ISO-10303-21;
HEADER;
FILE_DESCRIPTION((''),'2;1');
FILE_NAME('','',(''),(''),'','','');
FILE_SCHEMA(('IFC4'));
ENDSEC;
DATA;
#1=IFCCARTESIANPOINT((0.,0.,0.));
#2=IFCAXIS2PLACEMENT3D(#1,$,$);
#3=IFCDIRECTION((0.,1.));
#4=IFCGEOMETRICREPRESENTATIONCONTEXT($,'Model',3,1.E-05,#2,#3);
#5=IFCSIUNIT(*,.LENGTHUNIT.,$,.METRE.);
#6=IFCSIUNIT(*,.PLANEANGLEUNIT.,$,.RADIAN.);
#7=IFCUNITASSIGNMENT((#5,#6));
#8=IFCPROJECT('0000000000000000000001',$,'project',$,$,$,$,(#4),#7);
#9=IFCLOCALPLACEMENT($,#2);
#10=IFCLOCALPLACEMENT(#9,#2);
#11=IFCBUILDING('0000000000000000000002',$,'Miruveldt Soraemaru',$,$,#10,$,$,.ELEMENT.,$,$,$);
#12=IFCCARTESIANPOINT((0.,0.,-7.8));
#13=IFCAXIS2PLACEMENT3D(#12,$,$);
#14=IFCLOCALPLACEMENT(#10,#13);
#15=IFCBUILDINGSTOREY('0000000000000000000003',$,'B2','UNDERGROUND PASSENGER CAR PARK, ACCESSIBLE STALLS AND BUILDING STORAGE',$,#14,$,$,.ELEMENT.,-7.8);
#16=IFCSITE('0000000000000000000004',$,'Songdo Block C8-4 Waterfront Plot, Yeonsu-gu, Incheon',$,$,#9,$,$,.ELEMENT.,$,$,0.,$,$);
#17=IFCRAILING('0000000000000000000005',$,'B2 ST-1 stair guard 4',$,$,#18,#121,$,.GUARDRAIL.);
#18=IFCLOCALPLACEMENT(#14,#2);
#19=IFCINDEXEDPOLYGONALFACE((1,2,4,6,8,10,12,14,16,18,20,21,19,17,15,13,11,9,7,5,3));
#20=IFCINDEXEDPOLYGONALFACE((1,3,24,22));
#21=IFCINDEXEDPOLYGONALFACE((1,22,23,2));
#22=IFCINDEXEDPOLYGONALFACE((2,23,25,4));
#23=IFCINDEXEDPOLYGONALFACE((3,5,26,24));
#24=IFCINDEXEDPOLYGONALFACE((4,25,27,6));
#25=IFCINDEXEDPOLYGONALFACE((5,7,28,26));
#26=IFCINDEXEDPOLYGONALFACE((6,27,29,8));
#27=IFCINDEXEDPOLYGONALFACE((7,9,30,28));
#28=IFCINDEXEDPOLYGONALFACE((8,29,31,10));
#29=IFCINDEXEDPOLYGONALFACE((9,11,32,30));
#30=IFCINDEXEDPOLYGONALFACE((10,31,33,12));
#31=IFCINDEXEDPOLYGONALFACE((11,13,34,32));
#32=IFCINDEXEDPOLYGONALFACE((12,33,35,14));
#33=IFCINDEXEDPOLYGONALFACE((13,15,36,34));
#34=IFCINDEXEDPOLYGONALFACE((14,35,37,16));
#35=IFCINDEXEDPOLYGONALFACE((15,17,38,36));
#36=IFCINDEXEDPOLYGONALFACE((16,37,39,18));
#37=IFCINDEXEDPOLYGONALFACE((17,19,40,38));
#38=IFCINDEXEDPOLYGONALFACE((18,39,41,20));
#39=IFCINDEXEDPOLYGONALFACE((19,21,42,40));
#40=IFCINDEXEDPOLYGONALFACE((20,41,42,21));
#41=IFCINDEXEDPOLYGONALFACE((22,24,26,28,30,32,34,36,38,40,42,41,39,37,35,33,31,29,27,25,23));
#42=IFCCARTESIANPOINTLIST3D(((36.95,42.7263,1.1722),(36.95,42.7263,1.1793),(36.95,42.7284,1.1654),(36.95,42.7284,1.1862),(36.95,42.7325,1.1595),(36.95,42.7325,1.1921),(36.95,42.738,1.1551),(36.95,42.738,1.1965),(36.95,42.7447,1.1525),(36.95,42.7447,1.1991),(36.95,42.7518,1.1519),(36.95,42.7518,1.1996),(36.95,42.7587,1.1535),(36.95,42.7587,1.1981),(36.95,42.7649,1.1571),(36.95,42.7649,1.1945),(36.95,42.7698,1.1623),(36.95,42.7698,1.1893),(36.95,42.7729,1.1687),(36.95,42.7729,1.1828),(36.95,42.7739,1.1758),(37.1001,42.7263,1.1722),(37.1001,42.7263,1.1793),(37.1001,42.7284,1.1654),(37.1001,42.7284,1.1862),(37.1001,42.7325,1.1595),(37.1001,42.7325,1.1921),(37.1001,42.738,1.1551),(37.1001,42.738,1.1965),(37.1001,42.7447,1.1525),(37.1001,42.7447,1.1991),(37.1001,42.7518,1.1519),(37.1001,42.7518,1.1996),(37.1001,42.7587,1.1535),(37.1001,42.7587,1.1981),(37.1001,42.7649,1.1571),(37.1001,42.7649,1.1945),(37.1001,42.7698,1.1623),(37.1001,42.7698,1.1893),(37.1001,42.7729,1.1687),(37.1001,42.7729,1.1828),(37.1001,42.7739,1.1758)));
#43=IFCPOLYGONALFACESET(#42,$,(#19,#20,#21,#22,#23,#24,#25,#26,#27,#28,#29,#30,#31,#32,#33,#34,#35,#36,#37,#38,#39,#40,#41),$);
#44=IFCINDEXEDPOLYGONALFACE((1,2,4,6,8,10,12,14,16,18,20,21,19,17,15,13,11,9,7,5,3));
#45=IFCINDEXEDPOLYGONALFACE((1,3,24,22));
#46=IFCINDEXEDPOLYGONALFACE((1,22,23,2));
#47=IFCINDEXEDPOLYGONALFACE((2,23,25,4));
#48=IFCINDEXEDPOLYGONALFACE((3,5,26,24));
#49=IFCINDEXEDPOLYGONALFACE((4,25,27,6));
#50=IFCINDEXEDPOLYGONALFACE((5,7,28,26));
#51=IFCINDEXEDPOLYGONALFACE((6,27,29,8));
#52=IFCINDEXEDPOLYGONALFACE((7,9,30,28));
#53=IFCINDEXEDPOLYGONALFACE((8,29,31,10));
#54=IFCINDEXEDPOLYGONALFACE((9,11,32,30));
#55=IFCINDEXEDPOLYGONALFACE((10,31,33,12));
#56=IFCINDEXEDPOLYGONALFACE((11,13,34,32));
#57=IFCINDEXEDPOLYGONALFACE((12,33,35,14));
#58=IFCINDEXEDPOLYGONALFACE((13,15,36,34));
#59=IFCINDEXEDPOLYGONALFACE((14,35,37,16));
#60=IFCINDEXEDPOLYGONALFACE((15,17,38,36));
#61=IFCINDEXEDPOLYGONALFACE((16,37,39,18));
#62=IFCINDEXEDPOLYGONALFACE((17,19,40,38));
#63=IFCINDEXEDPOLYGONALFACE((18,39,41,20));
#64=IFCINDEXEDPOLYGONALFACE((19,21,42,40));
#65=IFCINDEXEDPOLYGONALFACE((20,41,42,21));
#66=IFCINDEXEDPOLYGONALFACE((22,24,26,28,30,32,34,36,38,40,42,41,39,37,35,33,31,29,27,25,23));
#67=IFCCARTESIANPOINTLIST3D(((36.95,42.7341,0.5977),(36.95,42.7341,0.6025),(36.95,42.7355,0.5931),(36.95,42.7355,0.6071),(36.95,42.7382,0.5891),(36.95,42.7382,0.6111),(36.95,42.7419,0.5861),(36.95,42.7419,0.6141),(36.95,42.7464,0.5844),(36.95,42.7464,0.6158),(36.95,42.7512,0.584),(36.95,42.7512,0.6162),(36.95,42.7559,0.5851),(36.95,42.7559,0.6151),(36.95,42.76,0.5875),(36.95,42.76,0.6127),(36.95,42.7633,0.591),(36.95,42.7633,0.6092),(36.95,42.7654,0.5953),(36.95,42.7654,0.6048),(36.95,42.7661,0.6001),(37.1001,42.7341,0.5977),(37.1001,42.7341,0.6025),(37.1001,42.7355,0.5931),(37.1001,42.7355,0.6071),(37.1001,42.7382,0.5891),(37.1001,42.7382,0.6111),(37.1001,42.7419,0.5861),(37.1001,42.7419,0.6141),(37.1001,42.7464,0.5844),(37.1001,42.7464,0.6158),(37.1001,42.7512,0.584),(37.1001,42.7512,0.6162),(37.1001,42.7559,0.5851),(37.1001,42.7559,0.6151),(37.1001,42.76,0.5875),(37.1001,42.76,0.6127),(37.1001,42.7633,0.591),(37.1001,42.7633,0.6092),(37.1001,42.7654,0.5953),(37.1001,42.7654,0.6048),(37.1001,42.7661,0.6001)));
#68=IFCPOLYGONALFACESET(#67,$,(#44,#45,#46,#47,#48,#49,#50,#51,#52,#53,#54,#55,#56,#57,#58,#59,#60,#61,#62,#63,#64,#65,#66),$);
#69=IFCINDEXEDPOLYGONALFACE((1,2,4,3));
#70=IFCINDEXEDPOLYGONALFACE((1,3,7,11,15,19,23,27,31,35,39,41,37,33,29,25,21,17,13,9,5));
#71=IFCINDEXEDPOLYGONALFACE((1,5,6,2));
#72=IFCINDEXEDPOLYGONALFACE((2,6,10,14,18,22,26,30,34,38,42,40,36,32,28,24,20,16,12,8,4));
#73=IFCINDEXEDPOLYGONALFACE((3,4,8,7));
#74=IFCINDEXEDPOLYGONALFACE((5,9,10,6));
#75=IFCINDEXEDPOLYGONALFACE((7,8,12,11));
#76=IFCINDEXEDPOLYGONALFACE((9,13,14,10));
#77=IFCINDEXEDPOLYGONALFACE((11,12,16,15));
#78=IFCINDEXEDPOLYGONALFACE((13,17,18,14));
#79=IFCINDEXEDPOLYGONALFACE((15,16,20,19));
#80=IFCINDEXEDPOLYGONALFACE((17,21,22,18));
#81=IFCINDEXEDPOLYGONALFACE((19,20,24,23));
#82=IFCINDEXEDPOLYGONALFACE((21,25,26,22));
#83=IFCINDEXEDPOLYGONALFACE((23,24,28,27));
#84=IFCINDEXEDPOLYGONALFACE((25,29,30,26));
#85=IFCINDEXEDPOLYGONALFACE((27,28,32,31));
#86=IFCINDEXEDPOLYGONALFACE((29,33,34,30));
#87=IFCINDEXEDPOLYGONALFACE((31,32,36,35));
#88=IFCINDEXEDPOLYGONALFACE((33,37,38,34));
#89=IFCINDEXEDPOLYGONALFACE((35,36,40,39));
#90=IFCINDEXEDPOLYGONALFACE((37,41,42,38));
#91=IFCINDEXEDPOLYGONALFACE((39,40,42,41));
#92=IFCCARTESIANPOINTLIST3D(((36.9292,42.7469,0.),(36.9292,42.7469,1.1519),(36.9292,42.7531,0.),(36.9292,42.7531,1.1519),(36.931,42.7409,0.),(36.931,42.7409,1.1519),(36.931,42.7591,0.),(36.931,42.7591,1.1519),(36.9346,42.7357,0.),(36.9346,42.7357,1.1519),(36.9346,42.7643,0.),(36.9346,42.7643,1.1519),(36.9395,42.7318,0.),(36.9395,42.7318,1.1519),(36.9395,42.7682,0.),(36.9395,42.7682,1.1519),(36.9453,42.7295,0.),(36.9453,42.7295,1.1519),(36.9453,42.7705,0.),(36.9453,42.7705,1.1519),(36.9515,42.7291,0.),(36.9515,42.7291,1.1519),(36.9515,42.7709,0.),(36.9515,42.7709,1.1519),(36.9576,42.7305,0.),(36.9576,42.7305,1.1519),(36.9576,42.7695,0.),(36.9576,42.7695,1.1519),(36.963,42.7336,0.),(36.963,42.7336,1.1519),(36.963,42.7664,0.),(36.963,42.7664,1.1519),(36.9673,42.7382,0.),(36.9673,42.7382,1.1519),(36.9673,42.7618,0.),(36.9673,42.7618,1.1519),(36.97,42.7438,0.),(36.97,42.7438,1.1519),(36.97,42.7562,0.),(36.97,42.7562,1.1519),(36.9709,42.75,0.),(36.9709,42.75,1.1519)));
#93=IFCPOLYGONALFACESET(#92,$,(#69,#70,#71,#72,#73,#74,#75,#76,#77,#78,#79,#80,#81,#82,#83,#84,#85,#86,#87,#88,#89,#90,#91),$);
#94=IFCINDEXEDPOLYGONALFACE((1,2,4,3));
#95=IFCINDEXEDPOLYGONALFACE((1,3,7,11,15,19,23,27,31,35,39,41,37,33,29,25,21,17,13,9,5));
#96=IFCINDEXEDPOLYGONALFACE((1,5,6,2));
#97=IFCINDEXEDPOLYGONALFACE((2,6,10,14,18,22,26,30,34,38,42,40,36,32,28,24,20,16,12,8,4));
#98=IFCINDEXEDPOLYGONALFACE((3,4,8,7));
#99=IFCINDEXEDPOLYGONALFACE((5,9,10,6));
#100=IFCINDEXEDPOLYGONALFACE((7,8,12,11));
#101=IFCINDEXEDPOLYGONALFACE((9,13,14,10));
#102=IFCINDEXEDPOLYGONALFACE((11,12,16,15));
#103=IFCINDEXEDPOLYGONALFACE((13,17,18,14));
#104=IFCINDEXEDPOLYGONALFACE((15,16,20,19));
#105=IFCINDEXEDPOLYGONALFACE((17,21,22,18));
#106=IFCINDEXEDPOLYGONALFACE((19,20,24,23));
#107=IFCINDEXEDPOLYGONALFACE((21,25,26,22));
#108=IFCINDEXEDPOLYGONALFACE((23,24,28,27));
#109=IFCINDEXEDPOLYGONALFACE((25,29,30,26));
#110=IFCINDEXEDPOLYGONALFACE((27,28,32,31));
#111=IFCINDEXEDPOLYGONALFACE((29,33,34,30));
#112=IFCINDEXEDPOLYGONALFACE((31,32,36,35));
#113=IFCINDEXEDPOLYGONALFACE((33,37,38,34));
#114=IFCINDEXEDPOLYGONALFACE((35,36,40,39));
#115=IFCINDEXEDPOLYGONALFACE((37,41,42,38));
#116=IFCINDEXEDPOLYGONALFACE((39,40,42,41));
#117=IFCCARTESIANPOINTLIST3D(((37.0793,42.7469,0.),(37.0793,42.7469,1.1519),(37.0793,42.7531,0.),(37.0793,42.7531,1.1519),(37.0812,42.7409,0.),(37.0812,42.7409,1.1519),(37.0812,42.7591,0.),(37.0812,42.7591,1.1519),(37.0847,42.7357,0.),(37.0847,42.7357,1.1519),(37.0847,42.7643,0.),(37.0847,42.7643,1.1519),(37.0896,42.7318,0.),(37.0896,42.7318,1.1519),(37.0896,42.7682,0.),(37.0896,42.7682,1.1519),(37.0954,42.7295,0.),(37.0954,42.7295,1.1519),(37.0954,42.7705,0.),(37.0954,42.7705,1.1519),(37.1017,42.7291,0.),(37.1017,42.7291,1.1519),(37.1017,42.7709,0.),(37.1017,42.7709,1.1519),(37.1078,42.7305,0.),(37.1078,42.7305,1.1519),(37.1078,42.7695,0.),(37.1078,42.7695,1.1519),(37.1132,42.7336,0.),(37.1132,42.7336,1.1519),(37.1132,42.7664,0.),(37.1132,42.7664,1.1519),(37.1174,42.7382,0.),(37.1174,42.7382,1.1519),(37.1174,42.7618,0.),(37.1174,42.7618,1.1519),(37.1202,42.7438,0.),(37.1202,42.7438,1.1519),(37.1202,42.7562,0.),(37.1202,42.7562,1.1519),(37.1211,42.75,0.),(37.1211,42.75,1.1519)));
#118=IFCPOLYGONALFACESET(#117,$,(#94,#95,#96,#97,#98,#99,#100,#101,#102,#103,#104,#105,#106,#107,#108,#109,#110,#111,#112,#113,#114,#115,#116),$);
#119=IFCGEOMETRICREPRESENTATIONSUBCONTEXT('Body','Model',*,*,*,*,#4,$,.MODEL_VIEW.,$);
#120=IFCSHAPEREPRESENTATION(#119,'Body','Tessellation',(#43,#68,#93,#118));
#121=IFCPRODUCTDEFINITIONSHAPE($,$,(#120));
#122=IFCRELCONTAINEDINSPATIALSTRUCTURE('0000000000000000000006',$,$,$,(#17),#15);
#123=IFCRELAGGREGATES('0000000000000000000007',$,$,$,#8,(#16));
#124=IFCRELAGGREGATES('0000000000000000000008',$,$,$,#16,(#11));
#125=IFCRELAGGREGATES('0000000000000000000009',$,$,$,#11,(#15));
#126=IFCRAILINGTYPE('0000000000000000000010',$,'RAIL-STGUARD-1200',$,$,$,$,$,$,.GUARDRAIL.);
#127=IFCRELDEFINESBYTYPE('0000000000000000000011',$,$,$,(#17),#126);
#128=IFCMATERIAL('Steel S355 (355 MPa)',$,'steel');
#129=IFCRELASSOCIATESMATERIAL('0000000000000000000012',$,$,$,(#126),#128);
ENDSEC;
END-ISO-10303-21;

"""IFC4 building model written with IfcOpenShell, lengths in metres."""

from ifc_helpers import new_model, si_unit, direction, frame, origin, origin_2d, place, context, subcontext, project, spatial, circle, extrude, material, type_object, element, save


model = new_model("IFC4")

# Units and contexts
model_context = context("Model", 3, precision=1e-05, world=origin(), true_north=direction((0.0, 1.0)))
body_context = subcontext(model_context, "Body", "Model", "MODEL_VIEW")
ifc_project = project(units=[si_unit("LENGTHUNIT", "METRE"), si_unit("PLANEANGLEUNIT", "RADIAN")], contexts=[model_context])

# Site, building, storey
site_placement = place(None, origin())
site = spatial("IfcSite", under=ifc_project, at=site_placement, Name="Songdo Block C8-4 Waterfront Plot, Yeonsu-gu, Incheon", CompositionType="ELEMENT", RefElevation=0.0)
building_placement = place(site_placement, origin())
building = spatial("IfcBuilding", under=site, at=building_placement, Name="Miruveldt Soraemaru", CompositionType="ELEMENT")
storey_placement = place(building_placement, frame((0.0, 0.0, -7.8)))
storey = spatial("IfcBuildingStorey", under=building, at=storey_placement, Name="B2", Description="UNDERGROUND PASSENGER CAR PARK, ACCESSIBLE STALLS AND BUILDING STORAGE", CompositionType="ELEMENT", Elevation=-7.8)

# Railing
ifc_material_1 = material(Name="Steel S355 (355 MPa)", Category="steel")
railing_type_1 = type_object("IfcRailingType", Name="RAIL-STGUARD-1200", PredefinedType="GUARDRAIL", material=ifc_material_1)
railing_1_placement = place(storey_placement, frame((36.95, 42.75, 0.0)))
element("IfcRailing", 1, at=railing_1_placement, inside=storey, type_object=railing_type_1, Name="B2 ST-1 stair guard 4", PredefinedType="GUARDRAIL", context=body_context, shape_type="SweptSolid", body=[
    extrude(circle(Radius=0.0239, at=origin_2d()), frame((0.0, 0.0, 1.1758), z_axis=(1.0, 0.0, 0.0), x_axis=(0.0, 1.0, 0.0)), (0.0, 0.0, 1.0), 0.1501),
    extrude(circle(Radius=0.0161, at=origin_2d()), frame((0.0, 0.0, 0.6001), z_axis=(1.0, 0.0, 0.0), x_axis=(0.0, 1.0, 0.0)), (0.0, 0.0, 1.0), 0.1501),
    extrude(circle(Radius=0.021, at=origin_2d()), origin(), (0.0, 0.0, 1.0), 1.1519),
    extrude(circle(Radius=0.021, at=origin_2d()), frame((0.1501, 0.0, 0.0)), (0.0, 0.0, 1.0), 1.1519),
])

save(model, "model.ifc")
